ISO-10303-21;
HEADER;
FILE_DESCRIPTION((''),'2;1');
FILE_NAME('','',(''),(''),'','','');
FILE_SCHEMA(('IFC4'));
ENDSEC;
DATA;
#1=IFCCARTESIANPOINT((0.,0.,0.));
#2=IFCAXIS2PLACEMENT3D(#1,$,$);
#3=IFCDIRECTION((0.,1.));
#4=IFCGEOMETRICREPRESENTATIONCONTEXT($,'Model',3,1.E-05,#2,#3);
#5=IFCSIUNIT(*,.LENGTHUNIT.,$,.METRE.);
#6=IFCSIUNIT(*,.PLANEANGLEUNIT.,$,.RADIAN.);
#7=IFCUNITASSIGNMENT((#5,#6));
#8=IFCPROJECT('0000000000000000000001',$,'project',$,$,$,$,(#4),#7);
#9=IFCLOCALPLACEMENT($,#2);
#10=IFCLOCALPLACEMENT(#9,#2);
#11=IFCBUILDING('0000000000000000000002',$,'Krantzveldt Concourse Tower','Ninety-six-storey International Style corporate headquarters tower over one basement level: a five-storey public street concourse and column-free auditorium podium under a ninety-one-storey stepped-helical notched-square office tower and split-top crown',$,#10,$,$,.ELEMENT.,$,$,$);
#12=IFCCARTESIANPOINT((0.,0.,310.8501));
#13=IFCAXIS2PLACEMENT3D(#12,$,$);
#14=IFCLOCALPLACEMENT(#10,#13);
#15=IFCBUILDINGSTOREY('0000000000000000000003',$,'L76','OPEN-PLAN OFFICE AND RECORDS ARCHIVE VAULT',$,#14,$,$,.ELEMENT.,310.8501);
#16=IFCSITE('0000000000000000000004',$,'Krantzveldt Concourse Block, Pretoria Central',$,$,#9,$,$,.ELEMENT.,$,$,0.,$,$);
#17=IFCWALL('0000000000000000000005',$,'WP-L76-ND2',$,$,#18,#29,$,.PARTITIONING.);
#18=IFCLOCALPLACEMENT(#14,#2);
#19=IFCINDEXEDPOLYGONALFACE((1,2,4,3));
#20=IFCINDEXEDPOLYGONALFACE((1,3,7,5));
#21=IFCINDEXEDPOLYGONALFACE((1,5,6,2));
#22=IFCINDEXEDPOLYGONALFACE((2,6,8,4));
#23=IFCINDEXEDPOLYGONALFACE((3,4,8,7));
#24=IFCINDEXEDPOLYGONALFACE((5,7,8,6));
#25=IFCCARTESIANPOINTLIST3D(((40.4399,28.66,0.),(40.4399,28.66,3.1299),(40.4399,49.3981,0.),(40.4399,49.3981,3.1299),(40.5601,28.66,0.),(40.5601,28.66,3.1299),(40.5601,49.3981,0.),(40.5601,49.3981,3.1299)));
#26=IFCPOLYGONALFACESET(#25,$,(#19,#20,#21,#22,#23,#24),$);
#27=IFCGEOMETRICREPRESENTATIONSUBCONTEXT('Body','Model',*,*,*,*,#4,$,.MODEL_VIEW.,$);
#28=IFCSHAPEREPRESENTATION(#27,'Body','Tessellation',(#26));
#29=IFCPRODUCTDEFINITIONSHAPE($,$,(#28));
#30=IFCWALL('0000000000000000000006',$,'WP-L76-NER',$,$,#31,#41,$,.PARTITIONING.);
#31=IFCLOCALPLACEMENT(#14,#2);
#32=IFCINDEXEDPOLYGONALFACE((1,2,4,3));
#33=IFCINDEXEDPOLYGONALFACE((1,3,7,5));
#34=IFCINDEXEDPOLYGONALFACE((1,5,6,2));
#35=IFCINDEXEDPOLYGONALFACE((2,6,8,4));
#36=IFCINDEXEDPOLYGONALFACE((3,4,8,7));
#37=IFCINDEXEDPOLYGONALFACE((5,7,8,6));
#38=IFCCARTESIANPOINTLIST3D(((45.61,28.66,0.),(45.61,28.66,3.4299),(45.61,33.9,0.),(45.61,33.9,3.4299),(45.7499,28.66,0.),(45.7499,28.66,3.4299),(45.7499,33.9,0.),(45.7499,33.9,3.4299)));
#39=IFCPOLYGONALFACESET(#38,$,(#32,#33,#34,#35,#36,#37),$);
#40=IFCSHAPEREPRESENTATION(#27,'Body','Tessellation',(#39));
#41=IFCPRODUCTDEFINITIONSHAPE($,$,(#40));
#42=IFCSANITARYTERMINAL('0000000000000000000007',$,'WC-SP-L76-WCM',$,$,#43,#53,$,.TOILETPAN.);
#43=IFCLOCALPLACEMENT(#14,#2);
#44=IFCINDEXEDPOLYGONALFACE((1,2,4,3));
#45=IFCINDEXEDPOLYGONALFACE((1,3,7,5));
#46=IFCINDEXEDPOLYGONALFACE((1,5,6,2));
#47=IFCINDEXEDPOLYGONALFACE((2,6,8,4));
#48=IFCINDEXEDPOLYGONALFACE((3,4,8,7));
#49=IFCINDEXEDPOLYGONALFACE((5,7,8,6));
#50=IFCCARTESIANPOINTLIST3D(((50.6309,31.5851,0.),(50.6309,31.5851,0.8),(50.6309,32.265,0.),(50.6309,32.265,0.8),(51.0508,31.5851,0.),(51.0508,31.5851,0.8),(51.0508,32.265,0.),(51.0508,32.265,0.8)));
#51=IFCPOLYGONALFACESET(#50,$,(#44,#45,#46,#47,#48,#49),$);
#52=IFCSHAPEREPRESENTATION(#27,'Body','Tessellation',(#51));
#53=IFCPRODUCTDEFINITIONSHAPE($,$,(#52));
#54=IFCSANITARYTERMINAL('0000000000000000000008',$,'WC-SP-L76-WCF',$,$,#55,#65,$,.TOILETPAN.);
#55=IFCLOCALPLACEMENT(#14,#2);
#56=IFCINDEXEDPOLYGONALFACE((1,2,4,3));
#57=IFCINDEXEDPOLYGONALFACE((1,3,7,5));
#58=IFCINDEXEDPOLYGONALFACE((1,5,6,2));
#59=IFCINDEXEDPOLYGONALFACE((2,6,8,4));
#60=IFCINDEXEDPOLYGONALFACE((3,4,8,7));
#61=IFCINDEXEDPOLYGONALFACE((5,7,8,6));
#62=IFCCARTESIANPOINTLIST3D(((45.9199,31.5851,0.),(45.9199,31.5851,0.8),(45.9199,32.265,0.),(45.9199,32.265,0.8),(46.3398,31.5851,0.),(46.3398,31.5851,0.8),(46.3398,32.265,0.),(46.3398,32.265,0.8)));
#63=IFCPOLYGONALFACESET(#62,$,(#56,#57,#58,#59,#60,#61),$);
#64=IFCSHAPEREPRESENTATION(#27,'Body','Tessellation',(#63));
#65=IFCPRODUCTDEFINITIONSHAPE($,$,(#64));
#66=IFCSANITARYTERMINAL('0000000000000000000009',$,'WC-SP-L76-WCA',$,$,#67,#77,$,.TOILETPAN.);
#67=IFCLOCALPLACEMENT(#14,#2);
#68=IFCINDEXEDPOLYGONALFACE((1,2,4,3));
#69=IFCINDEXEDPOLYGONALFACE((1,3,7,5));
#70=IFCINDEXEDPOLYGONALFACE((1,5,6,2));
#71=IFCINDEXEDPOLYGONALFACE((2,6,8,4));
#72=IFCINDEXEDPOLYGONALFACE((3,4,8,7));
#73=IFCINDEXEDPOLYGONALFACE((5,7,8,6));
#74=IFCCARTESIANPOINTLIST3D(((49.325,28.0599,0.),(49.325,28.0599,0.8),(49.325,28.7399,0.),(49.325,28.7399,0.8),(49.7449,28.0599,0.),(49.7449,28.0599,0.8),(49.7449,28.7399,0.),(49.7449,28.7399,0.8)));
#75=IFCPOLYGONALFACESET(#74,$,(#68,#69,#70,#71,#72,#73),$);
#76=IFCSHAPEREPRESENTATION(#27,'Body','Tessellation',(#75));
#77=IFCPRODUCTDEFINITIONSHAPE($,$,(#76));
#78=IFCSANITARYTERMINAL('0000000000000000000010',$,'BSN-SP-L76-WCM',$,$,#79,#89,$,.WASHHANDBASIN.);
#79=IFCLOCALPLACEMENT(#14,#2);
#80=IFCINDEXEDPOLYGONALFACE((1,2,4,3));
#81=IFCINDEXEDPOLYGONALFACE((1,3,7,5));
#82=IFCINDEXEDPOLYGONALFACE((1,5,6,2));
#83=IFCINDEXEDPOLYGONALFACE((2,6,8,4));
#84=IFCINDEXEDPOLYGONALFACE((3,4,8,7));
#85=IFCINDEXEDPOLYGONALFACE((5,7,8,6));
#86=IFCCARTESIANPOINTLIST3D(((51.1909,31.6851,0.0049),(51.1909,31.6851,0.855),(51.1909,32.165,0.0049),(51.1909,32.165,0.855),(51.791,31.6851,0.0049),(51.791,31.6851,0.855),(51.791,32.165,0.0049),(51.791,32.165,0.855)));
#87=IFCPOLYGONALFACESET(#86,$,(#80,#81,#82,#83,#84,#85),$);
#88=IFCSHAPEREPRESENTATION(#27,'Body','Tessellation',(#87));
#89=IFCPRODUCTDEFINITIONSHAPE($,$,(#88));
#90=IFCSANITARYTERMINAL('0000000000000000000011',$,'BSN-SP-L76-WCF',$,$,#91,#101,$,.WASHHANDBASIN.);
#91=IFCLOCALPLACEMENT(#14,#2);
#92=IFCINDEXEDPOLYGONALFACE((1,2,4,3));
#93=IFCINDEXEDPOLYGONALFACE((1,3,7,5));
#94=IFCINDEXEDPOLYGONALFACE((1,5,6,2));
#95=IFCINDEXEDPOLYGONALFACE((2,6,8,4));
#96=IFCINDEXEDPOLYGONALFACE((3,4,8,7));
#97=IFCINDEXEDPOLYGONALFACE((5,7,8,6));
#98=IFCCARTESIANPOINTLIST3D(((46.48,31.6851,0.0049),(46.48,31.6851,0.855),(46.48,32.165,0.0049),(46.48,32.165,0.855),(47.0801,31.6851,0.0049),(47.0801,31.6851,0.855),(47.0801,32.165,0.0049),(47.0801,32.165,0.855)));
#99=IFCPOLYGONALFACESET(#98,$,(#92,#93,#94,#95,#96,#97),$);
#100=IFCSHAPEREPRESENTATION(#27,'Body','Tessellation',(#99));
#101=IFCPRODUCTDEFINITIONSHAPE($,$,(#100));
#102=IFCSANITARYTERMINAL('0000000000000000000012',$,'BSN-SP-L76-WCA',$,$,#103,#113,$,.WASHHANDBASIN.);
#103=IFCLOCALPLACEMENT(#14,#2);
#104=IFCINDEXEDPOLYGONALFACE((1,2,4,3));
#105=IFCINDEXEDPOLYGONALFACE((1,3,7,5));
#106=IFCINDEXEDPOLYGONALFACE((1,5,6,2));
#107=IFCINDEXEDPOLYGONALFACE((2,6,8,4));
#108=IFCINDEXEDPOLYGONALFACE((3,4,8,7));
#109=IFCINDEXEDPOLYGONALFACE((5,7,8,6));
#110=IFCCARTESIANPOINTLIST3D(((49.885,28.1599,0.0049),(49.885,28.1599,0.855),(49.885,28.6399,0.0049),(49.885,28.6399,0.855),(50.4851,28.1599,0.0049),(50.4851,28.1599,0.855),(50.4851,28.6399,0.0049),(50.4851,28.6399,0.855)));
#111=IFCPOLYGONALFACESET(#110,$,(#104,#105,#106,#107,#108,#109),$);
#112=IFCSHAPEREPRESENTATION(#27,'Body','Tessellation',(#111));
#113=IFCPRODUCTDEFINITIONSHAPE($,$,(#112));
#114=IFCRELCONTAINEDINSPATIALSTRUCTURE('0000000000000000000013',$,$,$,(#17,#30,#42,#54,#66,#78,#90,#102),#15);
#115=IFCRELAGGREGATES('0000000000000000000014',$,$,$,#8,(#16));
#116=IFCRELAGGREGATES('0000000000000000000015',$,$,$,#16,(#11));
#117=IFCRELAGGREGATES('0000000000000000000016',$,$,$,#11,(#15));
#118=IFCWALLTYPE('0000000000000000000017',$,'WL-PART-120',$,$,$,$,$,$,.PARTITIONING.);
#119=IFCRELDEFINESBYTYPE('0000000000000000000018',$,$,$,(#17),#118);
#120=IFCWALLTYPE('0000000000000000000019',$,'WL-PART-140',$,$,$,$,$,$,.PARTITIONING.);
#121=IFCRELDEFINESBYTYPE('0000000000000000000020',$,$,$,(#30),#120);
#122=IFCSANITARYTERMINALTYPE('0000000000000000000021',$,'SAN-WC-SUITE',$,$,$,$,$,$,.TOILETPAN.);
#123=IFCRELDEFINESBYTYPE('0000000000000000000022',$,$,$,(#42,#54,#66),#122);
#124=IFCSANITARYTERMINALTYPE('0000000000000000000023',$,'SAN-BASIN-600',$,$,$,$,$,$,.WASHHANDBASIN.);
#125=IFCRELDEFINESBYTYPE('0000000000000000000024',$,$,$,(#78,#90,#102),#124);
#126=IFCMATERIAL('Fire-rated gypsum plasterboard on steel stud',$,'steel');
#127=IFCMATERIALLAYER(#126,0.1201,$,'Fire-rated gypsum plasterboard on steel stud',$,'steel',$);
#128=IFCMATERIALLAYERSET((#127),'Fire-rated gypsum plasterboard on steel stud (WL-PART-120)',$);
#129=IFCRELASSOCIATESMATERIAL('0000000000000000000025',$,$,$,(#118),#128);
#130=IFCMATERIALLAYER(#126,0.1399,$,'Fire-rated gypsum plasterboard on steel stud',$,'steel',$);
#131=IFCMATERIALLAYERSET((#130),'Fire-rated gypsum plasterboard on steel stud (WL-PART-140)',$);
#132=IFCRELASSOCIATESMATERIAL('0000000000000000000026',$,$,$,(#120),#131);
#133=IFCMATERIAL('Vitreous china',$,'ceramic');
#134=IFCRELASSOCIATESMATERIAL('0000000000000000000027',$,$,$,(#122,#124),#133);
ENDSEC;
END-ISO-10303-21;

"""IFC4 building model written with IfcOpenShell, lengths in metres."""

from ifc_helpers import new_model, si_unit, direction, frame, frame_2d, origin, origin_2d, place, context, subcontext, project, spatial, rectangle, extrude, source, transform, mapped, material, layer, layer_set, type_object, type_shapes, element, save


model = new_model("IFC4")

# Units and contexts
model_context = context("Model", 3, precision=1e-05, world=origin(), true_north=direction((0.0, 1.0)))
body_context = subcontext(model_context, "Body", "Model", "MODEL_VIEW")
ifc_project = project(units=[si_unit("LENGTHUNIT", "METRE"), si_unit("PLANEANGLEUNIT", "RADIAN")], contexts=[model_context])

# Site, building, storey
site_placement = place(None, origin())
site = spatial("IfcSite", under=ifc_project, at=site_placement, Name="Krantzveldt Concourse Block, Pretoria Central", CompositionType="ELEMENT", RefElevation=0.0)
building_placement = place(site_placement, origin())
building = spatial("IfcBuilding", under=site, at=building_placement, Name="Krantzveldt Concourse Tower", Description="Ninety-six-storey International Style corporate headquarters tower over one basement level: a five-storey public street concourse and column-free auditorium podium under a ninety-one-storey stepped-helical notched-square office tower and split-top crown", CompositionType="ELEMENT")
storey_placement = place(building_placement, frame((0.0, 0.0, 310.8501)))
storey = spatial("IfcBuildingStorey", under=building, at=storey_placement, Name="L76", Description="OPEN-PLAN OFFICE AND RECORDS ARCHIVE VAULT", CompositionType="ELEMENT", Elevation=310.8501)

# Shared definitions
ifc_material_1 = material(Name="Fire-rated gypsum plasterboard on steel stud", Category="steel")
ifc_layer_1 = layer(ifc_material_1, 0.1201, Name="Fire-rated gypsum plasterboard on steel stud", Category="steel")
ifc_layer_set_1 = layer_set([ifc_layer_1], Name="Fire-rated gypsum plasterboard on steel stud (WL-PART-120)")
wall_type_1 = type_object("IfcWallType", Name="WL-PART-120", PredefinedType="PARTITIONING", material=ifc_layer_set_1)

# Walls
wall_1_placement = place(storey_placement, frame((40.5, 28.6599, 0.0), z_axis=(0.0, 0.0, 1.0), x_axis=(0.0, 1.0, 0.0)))
element("IfcWall", 1, at=wall_1_placement, inside=storey, type_object=wall_type_1, Name="WP-L76-ND2", PredefinedType="PARTITIONING", context=body_context, shape_type="SweptSolid", body=[
    extrude(rectangle(XDim=20.738, YDim=0.1201, at=frame_2d((10.3691, 0.0))), origin(), (0.0, 0.0, 1.0), 3.1299),
])
ifc_layer_2 = layer(ifc_material_1, 0.1399, Name="Fire-rated gypsum plasterboard on steel stud", Category="steel")
ifc_layer_set_2 = layer_set([ifc_layer_2], Name="Fire-rated gypsum plasterboard on steel stud (WL-PART-140)")
wall_type_2 = type_object("IfcWallType", Name="WL-PART-140", PredefinedType="PARTITIONING", material=ifc_layer_set_2)
wall_2_placement = place(storey_placement, frame((45.6799, 28.6599, 0.0), z_axis=(0.0, 0.0, 1.0), x_axis=(0.0, 1.0, 0.0)))
element("IfcWall", 2, at=wall_2_placement, inside=storey, type_object=wall_type_2, Name="WP-L76-NER", PredefinedType="PARTITIONING", context=body_context, shape_type="SweptSolid", body=[
    extrude(rectangle(XDim=5.24, YDim=0.1399, at=frame_2d((2.6201, 0.0))), origin(), (0.0, 0.0, 1.0), 3.4299),
])

# Sanitary terminals
ifc_material_2 = material(Name="Vitreous china", Category="ceramic")
sanitary_terminal_type_1 = type_object("IfcSanitaryTerminalType", Name="SAN-WC-SUITE", PredefinedType="TOILETPAN", material=ifc_material_2)
shared_shape_1 = source(origin(), body_context, "Body", "SweptSolid", [
    extrude(rectangle(XDim=0.4199, YDim=0.6799, at=origin_2d()), origin(), (0.0, 0.0, 1.0), 0.8),
])
type_shapes(sanitary_terminal_type_1, [shared_shape_1])
for number, where, z_axis, x_axis, name in (
    (3, (50.8408, 31.925, 0.0), (0.0, 0.0, 1.0), (1.0, 0.0, 0.0), "WC-SP-L76-WCM"),
    (4, (46.1299, 31.925, 0.0), (0.0, 0.0, 1.0), (1.0, 0.0, 0.0), "WC-SP-L76-WCF"),
    (5, (49.5349, 28.3999, 0.0), (0.0, 0.0, 1.0), (1.0, 0.0, 0.0), "WC-SP-L76-WCA"),
):
    element("IfcSanitaryTerminal", number, at=place(storey_placement, frame(where, z_axis=z_axis, x_axis=x_axis)), inside=storey, type_object=sanitary_terminal_type_1, Name=name, PredefinedType="TOILETPAN", context=body_context, shape_type="MappedRepresentation", body=[
        mapped(shared_shape_1, transform((0.0, 0.0, 0.0), x_axis=(1.0, 0.0, 0.0), y_axis=(0.0, 1.0, 0.0), z_axis=(0.0, 0.0, 1.0), scale=1.0)),
    ])
sanitary_terminal_type_2 = type_object("IfcSanitaryTerminalType", Name="SAN-BASIN-600", PredefinedType="WASHHANDBASIN", material=ifc_material_2)
shared_shape_2 = source(origin(), body_context, "Body", "SweptSolid", [
    extrude(rectangle(XDim=0.6001, YDim=0.48, at=origin_2d()), origin(), (0.0, 0.0, 1.0), 0.8501),
])
type_shapes(sanitary_terminal_type_2, [shared_shape_2])
for number, where, z_axis, x_axis, name in (
    (6, (51.491, 31.925, 0.0049), (0.0, 0.0, 1.0), (1.0, 0.0, 0.0), "BSN-SP-L76-WCM"),
    (7, (46.78, 31.925, 0.0049), (0.0, 0.0, 1.0), (1.0, 0.0, 0.0), "BSN-SP-L76-WCF"),
    (8, (50.1851, 28.3999, 0.0049), (0.0, 0.0, 1.0), (1.0, 0.0, 0.0), "BSN-SP-L76-WCA"),
):
    element("IfcSanitaryTerminal", number, at=place(storey_placement, frame(where, z_axis=z_axis, x_axis=x_axis)), inside=storey, type_object=sanitary_terminal_type_2, Name=name, PredefinedType="WASHHANDBASIN", context=body_context, shape_type="MappedRepresentation", body=[
        mapped(shared_shape_2, transform((0.0, 0.0, 0.0), x_axis=(1.0, 0.0, 0.0), y_axis=(0.0, 1.0, 0.0), z_axis=(0.0, 0.0, 1.0), scale=1.0)),
    ])

save(model, "model.ifc")
